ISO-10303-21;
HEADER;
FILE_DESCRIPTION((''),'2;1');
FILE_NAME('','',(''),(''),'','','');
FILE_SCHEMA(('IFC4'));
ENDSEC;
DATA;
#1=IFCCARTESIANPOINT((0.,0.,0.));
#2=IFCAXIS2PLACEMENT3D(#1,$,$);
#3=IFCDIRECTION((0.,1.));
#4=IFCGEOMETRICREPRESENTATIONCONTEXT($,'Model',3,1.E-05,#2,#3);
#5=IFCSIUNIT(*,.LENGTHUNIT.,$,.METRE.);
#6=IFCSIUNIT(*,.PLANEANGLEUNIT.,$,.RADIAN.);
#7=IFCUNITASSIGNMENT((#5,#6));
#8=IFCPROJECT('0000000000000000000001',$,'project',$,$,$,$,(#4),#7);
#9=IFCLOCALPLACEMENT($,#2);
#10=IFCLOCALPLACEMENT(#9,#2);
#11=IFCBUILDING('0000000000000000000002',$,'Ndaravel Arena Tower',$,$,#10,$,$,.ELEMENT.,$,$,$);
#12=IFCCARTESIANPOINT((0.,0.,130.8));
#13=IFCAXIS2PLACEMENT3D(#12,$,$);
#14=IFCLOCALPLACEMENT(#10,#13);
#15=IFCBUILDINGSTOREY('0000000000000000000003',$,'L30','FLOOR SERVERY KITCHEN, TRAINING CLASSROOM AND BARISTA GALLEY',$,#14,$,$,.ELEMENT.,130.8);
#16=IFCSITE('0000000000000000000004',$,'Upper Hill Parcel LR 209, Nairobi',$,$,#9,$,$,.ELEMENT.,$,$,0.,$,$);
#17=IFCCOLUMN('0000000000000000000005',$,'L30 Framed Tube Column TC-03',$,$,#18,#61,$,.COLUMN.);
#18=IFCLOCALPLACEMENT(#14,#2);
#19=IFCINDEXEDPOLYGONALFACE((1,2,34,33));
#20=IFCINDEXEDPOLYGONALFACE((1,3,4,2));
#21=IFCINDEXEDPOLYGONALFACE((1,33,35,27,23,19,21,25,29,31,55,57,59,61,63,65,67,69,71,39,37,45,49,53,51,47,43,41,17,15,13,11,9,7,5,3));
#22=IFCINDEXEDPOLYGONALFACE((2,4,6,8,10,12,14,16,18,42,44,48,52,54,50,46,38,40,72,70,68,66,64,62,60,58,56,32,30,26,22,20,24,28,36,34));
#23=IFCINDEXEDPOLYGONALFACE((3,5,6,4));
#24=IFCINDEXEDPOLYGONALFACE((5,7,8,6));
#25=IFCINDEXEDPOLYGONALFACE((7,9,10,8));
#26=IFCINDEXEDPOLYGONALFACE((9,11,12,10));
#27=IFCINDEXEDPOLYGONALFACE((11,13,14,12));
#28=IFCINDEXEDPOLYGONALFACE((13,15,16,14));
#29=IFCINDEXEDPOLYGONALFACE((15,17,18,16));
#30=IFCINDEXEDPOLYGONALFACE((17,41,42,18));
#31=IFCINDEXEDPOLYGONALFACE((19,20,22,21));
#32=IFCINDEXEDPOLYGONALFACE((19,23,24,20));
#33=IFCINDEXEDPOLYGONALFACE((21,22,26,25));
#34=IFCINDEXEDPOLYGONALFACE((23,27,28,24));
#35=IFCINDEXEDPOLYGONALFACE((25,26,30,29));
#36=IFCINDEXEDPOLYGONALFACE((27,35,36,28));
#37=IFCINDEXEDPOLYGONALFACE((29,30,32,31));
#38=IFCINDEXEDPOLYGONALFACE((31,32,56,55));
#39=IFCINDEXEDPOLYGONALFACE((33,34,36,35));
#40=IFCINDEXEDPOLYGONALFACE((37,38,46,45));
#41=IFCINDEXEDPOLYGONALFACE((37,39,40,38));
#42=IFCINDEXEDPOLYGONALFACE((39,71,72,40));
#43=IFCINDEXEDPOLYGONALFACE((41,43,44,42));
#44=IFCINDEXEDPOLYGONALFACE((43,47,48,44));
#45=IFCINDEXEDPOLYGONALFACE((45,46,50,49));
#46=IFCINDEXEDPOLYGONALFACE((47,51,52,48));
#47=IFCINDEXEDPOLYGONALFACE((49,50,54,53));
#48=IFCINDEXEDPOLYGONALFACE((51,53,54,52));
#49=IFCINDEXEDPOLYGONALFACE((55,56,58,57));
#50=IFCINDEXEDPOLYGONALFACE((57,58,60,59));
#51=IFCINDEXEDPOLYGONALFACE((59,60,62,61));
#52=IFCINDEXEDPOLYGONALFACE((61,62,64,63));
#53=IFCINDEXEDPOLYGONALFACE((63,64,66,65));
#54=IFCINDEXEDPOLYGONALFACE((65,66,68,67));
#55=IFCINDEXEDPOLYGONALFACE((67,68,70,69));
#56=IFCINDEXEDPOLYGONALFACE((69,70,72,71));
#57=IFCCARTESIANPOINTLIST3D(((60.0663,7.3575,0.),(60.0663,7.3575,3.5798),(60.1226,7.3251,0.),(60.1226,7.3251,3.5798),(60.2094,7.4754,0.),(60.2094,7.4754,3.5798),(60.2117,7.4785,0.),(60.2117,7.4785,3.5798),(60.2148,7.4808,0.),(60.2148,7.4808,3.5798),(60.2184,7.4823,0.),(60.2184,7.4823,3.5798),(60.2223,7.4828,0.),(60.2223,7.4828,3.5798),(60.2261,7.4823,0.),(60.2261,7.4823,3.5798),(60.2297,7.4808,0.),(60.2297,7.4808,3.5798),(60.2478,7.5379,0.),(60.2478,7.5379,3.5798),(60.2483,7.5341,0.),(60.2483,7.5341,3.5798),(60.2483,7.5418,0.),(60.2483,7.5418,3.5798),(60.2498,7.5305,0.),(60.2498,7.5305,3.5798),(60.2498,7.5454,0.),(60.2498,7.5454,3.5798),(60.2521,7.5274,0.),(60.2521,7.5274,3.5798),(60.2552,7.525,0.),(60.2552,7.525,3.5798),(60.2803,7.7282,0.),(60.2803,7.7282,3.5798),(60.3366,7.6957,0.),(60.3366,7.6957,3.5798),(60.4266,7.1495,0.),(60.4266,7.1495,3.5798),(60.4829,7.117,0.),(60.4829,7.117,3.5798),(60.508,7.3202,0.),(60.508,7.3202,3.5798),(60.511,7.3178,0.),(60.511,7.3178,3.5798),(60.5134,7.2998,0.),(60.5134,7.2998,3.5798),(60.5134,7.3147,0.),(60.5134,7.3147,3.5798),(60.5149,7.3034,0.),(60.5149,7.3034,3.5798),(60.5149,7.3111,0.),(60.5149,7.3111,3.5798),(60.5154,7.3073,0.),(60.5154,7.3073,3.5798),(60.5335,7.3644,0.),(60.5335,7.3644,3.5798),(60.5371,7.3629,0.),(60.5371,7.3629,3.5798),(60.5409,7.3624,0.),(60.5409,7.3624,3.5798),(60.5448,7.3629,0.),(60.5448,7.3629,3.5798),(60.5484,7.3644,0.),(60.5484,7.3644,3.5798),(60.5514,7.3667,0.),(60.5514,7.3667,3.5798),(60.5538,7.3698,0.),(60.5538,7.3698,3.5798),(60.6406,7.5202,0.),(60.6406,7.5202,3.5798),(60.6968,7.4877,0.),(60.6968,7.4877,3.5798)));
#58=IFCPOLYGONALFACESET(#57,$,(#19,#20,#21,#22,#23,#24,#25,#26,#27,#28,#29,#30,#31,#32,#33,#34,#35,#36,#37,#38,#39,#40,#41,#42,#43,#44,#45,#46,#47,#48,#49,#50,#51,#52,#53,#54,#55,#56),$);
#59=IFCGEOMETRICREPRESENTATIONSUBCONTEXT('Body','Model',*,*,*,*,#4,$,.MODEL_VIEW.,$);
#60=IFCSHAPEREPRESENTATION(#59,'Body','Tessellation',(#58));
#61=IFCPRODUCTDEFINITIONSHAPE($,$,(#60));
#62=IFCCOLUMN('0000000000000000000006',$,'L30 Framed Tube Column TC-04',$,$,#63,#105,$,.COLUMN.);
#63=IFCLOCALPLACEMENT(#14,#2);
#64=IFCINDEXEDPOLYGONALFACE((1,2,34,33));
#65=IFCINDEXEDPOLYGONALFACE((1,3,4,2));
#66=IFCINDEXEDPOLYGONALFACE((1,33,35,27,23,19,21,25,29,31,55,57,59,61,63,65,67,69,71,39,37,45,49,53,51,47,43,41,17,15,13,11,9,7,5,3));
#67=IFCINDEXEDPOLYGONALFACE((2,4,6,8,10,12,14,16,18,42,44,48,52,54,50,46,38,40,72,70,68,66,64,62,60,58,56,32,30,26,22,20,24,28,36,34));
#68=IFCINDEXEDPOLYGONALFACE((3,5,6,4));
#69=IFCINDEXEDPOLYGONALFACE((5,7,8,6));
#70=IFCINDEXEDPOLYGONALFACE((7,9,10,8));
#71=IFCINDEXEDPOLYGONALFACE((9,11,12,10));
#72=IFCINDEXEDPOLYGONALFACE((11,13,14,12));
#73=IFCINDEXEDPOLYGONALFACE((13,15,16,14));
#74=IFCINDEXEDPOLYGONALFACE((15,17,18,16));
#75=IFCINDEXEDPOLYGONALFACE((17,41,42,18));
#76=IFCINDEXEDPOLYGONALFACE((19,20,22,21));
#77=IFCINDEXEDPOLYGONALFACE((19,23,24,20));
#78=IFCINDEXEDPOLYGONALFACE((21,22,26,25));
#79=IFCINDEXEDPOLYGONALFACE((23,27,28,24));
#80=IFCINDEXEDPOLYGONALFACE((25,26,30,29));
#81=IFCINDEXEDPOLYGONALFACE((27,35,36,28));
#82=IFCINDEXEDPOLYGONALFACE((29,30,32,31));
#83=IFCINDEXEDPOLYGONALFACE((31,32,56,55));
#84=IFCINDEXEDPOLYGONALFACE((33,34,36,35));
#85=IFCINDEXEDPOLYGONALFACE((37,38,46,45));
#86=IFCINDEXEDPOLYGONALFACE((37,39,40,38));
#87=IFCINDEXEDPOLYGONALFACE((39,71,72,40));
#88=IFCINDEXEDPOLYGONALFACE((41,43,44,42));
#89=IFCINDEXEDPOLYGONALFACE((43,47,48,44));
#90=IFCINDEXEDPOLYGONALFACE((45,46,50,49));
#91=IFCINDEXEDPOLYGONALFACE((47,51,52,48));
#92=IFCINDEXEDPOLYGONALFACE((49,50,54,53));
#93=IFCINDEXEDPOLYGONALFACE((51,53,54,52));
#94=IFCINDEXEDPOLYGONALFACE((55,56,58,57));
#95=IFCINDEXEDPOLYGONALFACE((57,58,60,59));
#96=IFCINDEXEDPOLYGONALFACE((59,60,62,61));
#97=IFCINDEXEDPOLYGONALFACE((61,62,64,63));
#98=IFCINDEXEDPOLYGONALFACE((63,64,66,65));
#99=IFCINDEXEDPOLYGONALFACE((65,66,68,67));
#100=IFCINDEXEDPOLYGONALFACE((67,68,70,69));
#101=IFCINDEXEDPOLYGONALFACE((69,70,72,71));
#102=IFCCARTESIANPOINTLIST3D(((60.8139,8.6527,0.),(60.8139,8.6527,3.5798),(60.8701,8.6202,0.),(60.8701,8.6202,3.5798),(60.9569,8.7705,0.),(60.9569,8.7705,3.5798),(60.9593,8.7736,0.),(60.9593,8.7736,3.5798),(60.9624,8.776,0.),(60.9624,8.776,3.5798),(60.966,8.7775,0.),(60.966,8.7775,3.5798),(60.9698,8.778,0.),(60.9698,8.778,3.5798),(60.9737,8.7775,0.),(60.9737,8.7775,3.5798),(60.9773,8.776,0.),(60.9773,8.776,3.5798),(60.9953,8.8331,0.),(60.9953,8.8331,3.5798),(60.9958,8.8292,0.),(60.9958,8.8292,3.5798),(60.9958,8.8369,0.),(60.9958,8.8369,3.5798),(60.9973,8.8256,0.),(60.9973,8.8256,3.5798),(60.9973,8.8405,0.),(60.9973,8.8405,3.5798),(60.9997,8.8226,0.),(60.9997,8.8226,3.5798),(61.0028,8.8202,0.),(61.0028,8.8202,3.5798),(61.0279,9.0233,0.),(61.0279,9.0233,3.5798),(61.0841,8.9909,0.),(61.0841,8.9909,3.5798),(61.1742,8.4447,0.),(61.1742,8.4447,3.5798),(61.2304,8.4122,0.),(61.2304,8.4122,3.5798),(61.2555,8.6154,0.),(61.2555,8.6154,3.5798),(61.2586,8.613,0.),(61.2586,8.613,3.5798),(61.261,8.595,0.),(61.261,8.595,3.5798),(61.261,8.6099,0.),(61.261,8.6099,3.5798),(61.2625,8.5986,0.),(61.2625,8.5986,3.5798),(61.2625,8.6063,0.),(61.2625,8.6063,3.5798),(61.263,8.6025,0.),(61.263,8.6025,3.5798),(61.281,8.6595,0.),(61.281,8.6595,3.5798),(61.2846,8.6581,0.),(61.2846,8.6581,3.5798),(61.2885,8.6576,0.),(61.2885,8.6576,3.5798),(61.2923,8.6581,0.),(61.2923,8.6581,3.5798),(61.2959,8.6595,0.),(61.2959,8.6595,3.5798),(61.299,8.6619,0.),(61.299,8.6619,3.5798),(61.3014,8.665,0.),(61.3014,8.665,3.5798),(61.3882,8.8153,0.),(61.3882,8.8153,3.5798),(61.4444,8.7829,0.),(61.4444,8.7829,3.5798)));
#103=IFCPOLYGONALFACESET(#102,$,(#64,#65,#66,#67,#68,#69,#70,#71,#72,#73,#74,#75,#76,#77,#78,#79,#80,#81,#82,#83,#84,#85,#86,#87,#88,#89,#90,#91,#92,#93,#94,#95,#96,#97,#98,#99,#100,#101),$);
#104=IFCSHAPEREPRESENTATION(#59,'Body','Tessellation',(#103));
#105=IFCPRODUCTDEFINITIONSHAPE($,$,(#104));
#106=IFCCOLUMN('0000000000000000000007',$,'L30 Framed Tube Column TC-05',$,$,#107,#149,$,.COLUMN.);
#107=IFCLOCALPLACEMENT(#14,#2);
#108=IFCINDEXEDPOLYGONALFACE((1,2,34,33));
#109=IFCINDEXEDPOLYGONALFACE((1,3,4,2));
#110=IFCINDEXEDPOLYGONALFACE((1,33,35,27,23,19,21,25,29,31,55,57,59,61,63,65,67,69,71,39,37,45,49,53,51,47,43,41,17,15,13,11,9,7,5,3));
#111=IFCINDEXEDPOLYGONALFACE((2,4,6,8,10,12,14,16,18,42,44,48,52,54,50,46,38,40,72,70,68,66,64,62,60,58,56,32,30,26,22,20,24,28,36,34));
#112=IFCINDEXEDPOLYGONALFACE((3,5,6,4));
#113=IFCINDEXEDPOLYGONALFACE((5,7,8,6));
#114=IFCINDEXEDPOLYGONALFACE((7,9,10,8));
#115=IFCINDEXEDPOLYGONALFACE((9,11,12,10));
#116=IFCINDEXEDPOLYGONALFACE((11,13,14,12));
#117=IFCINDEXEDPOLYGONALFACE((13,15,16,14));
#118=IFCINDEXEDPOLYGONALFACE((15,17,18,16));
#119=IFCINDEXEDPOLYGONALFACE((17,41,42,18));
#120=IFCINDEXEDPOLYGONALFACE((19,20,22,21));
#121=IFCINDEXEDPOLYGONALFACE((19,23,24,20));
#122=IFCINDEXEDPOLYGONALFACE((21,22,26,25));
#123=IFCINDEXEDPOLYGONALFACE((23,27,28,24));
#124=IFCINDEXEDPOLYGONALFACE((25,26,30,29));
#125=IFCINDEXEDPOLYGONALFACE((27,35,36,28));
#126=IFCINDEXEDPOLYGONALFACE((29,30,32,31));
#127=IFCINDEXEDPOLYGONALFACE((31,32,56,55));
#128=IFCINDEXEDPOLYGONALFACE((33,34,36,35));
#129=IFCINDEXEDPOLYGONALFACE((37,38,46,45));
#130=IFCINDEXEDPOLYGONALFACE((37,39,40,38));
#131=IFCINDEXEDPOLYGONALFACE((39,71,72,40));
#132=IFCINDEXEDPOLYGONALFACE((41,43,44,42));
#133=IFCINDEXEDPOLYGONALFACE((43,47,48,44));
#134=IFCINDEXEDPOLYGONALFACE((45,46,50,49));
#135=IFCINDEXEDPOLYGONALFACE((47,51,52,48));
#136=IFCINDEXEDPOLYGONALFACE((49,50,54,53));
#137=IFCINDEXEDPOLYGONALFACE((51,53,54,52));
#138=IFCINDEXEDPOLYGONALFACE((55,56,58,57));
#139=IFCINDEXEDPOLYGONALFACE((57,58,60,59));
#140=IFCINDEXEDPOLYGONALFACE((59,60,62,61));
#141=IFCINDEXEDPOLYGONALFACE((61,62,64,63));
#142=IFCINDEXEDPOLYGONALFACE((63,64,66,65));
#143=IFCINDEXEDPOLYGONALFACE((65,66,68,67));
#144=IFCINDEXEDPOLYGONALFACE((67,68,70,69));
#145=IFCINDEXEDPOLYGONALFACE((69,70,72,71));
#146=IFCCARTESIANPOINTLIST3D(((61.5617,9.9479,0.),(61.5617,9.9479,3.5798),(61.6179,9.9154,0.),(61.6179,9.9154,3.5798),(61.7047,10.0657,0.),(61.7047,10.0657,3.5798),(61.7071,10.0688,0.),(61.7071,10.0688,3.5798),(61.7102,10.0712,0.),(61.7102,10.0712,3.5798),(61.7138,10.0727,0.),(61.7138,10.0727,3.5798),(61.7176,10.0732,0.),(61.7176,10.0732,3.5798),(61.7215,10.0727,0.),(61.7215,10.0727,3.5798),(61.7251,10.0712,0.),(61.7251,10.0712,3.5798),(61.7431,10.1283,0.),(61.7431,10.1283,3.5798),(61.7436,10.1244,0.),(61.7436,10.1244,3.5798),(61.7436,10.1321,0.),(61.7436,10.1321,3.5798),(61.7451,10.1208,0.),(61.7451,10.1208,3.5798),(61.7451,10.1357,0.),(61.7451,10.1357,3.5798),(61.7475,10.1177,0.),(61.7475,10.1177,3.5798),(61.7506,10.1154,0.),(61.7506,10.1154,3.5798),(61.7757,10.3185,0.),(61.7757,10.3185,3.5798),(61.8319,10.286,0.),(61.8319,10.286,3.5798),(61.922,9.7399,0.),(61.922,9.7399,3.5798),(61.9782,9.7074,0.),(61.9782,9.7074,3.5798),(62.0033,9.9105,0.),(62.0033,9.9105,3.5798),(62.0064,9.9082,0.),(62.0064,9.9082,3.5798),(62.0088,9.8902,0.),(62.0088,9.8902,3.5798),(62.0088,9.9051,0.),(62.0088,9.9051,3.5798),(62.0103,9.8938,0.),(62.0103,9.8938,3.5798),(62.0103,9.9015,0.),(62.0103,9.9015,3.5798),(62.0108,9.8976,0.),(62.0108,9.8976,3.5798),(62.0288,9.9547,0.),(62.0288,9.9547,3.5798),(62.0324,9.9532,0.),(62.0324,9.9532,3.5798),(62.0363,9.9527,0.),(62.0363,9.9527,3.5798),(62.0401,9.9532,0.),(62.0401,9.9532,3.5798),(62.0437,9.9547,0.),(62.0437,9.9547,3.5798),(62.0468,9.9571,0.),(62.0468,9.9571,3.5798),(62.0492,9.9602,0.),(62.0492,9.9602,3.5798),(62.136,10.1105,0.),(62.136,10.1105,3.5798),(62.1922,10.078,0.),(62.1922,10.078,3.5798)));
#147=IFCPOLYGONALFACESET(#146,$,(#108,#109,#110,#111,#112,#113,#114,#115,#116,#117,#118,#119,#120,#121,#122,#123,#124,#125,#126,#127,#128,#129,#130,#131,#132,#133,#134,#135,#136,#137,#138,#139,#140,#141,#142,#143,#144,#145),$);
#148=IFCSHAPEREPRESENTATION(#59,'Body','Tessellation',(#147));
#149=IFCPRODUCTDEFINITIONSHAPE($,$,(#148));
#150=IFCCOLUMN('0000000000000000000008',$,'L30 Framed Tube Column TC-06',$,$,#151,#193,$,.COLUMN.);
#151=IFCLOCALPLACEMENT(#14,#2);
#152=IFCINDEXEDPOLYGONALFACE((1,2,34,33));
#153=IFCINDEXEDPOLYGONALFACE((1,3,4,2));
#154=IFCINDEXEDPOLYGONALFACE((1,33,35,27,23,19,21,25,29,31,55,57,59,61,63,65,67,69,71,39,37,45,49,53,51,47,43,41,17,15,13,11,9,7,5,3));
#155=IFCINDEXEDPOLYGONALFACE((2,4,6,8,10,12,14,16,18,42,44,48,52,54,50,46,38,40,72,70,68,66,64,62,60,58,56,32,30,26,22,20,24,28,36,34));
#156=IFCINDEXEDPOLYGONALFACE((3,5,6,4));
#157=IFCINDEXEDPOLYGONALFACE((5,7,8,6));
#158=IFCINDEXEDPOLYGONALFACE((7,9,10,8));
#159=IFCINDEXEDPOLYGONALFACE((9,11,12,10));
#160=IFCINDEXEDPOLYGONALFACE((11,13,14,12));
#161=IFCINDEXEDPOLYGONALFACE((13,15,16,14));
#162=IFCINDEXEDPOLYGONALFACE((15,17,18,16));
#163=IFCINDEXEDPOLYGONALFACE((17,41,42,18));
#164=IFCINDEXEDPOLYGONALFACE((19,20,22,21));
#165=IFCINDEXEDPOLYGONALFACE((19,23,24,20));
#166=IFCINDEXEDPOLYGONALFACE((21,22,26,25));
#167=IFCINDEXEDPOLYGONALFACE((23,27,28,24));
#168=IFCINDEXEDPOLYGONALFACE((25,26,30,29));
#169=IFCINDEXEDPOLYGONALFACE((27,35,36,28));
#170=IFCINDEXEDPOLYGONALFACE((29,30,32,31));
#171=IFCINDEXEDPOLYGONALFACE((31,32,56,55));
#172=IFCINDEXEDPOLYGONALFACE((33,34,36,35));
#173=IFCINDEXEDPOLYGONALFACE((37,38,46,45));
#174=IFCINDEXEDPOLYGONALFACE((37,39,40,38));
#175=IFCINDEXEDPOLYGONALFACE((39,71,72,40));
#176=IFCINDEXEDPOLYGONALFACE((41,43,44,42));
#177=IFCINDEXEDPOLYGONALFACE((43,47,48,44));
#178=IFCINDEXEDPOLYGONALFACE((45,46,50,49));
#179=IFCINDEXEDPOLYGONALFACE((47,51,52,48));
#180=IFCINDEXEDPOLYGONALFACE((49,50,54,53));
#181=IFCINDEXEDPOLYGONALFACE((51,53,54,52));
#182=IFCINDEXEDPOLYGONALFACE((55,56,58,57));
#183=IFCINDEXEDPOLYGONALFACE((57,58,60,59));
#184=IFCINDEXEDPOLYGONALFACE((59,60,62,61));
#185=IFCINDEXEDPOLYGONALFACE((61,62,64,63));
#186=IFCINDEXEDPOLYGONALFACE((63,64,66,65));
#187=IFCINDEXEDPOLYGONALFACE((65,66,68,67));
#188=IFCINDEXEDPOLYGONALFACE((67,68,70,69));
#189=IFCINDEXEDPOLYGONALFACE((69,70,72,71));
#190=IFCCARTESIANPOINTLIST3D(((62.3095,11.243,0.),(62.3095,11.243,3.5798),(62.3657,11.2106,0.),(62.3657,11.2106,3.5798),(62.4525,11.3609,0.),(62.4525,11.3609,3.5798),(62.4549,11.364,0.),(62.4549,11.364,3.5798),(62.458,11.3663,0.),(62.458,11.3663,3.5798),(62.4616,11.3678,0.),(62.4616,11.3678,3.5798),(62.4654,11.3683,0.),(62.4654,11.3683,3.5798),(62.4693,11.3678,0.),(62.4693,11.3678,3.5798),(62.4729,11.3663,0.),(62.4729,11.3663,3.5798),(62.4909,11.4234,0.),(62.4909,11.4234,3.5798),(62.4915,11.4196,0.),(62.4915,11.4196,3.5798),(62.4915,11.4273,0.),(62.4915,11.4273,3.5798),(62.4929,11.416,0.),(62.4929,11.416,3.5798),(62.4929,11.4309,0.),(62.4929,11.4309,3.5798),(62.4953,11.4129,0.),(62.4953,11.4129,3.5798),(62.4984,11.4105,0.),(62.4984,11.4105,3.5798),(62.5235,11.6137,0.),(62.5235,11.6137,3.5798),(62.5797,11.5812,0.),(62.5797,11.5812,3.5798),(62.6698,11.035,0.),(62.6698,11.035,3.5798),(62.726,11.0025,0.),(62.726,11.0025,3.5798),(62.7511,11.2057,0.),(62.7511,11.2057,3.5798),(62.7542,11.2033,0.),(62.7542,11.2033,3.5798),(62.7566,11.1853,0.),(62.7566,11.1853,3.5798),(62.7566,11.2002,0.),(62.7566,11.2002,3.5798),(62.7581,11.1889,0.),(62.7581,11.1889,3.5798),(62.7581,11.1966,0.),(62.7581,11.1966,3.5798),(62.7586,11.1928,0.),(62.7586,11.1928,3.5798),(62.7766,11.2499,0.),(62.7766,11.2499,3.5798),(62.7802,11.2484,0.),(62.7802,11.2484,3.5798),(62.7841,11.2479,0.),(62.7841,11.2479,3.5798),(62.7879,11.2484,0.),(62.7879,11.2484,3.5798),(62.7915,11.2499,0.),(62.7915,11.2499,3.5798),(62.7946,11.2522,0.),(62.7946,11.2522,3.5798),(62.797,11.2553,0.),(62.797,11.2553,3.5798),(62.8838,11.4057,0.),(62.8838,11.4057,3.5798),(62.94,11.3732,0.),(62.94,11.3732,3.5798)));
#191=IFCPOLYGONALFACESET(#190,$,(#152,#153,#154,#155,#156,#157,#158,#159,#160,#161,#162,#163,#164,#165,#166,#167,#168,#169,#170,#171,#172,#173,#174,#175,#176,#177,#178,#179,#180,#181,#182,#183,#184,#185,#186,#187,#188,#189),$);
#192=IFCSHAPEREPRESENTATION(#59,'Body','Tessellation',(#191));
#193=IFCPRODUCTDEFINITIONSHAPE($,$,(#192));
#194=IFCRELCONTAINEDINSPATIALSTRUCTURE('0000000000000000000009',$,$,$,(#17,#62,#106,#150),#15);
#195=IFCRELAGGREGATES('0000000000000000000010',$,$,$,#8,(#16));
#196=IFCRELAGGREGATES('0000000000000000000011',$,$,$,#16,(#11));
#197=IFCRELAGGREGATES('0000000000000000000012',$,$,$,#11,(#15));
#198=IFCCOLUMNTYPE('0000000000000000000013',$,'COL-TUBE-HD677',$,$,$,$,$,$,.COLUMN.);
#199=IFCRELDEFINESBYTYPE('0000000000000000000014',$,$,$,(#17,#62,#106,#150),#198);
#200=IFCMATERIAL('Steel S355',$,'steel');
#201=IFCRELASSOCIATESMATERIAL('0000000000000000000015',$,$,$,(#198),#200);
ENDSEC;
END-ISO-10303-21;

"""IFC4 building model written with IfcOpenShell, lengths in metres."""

from ifc_helpers import new_model, si_unit, direction, frame, origin, origin_2d, place, context, subcontext, project, spatial, i_section, extrude, material, material_profile, profile_set, type_object, element, save


model = new_model("IFC4")

# Units and contexts
model_context = context("Model", 3, precision=1e-05, world=origin(), true_north=direction((0.0, 1.0)))
body_context = subcontext(model_context, "Body", "Model", "MODEL_VIEW")
ifc_project = project(units=[si_unit("LENGTHUNIT", "METRE"), si_unit("PLANEANGLEUNIT", "RADIAN")], contexts=[model_context])

# Site, building, storey
site_placement = place(None, origin())
site = spatial("IfcSite", under=ifc_project, at=site_placement, Name="Upper Hill Parcel LR 209, Nairobi", CompositionType="ELEMENT", RefElevation=0.0)
building_placement = place(site_placement, origin())
building = spatial("IfcBuilding", under=site, at=building_placement, Name="Ndaravel Arena Tower", CompositionType="ELEMENT")
storey_placement = place(building_placement, frame((0.0, 0.0, 130.8)))
storey = spatial("IfcBuildingStorey", under=building, at=storey_placement, Name="L30", Description="FLOOR SERVERY KITCHEN, TRAINING CLASSROOM AND BARISTA GALLEY", CompositionType="ELEMENT", Elevation=130.8)

# Columns
ifc_material_1 = material(Name="Steel S355", Category="steel")
ifc_material_profile_1 = material_profile(ifc_material_1, i_section(OverallWidth=0.428, OverallDepth=0.481, WebThickness=0.051, FlangeThickness=0.0649, FilletRadius=0.0149, at=origin_2d()), Name="HD 400x677")
ifc_profile_set_1 = profile_set([ifc_material_profile_1], Name="Steel S355")
column_type = type_object("IfcColumnType", Name="COL-TUBE-HD677", PredefinedType="COLUMN", material=ifc_profile_set_1)
for number, where, z_axis, x_axis, name in (
    (1, (60.3816, 7.4226, 0.0), (0.0, 0.0, 1.0), (0.5, 0.866025, 0.0), "L30 Framed Tube Column TC-03"),
    (2, (61.1292, 8.7178, 0.0), (0.0, 0.0, 1.0), (0.5, 0.866025, 0.0), "L30 Framed Tube Column TC-04"),
    (3, (61.877, 10.0129, 0.0), (0.0, 0.0, 1.0), (0.5, 0.866025, 0.0), "L30 Framed Tube Column TC-05"),
    (4, (62.6248, 11.3081, 0.0), (0.0, 0.0, 1.0), (0.5, 0.866025, 0.0), "L30 Framed Tube Column TC-06"),
):
    element("IfcColumn", number, at=place(storey_placement, frame(where, z_axis=z_axis, x_axis=x_axis)), inside=storey, type_object=column_type, Name=name, PredefinedType="COLUMN", context=body_context, shape_type="SweptSolid", body=[
        extrude(i_section(OverallWidth=0.428, OverallDepth=0.481, WebThickness=0.051, FlangeThickness=0.0649, FilletRadius=0.0149, at=origin_2d()), origin(), (0.0, 0.0, 1.0), 3.5798),
    ])

save(model, "model.ifc")
